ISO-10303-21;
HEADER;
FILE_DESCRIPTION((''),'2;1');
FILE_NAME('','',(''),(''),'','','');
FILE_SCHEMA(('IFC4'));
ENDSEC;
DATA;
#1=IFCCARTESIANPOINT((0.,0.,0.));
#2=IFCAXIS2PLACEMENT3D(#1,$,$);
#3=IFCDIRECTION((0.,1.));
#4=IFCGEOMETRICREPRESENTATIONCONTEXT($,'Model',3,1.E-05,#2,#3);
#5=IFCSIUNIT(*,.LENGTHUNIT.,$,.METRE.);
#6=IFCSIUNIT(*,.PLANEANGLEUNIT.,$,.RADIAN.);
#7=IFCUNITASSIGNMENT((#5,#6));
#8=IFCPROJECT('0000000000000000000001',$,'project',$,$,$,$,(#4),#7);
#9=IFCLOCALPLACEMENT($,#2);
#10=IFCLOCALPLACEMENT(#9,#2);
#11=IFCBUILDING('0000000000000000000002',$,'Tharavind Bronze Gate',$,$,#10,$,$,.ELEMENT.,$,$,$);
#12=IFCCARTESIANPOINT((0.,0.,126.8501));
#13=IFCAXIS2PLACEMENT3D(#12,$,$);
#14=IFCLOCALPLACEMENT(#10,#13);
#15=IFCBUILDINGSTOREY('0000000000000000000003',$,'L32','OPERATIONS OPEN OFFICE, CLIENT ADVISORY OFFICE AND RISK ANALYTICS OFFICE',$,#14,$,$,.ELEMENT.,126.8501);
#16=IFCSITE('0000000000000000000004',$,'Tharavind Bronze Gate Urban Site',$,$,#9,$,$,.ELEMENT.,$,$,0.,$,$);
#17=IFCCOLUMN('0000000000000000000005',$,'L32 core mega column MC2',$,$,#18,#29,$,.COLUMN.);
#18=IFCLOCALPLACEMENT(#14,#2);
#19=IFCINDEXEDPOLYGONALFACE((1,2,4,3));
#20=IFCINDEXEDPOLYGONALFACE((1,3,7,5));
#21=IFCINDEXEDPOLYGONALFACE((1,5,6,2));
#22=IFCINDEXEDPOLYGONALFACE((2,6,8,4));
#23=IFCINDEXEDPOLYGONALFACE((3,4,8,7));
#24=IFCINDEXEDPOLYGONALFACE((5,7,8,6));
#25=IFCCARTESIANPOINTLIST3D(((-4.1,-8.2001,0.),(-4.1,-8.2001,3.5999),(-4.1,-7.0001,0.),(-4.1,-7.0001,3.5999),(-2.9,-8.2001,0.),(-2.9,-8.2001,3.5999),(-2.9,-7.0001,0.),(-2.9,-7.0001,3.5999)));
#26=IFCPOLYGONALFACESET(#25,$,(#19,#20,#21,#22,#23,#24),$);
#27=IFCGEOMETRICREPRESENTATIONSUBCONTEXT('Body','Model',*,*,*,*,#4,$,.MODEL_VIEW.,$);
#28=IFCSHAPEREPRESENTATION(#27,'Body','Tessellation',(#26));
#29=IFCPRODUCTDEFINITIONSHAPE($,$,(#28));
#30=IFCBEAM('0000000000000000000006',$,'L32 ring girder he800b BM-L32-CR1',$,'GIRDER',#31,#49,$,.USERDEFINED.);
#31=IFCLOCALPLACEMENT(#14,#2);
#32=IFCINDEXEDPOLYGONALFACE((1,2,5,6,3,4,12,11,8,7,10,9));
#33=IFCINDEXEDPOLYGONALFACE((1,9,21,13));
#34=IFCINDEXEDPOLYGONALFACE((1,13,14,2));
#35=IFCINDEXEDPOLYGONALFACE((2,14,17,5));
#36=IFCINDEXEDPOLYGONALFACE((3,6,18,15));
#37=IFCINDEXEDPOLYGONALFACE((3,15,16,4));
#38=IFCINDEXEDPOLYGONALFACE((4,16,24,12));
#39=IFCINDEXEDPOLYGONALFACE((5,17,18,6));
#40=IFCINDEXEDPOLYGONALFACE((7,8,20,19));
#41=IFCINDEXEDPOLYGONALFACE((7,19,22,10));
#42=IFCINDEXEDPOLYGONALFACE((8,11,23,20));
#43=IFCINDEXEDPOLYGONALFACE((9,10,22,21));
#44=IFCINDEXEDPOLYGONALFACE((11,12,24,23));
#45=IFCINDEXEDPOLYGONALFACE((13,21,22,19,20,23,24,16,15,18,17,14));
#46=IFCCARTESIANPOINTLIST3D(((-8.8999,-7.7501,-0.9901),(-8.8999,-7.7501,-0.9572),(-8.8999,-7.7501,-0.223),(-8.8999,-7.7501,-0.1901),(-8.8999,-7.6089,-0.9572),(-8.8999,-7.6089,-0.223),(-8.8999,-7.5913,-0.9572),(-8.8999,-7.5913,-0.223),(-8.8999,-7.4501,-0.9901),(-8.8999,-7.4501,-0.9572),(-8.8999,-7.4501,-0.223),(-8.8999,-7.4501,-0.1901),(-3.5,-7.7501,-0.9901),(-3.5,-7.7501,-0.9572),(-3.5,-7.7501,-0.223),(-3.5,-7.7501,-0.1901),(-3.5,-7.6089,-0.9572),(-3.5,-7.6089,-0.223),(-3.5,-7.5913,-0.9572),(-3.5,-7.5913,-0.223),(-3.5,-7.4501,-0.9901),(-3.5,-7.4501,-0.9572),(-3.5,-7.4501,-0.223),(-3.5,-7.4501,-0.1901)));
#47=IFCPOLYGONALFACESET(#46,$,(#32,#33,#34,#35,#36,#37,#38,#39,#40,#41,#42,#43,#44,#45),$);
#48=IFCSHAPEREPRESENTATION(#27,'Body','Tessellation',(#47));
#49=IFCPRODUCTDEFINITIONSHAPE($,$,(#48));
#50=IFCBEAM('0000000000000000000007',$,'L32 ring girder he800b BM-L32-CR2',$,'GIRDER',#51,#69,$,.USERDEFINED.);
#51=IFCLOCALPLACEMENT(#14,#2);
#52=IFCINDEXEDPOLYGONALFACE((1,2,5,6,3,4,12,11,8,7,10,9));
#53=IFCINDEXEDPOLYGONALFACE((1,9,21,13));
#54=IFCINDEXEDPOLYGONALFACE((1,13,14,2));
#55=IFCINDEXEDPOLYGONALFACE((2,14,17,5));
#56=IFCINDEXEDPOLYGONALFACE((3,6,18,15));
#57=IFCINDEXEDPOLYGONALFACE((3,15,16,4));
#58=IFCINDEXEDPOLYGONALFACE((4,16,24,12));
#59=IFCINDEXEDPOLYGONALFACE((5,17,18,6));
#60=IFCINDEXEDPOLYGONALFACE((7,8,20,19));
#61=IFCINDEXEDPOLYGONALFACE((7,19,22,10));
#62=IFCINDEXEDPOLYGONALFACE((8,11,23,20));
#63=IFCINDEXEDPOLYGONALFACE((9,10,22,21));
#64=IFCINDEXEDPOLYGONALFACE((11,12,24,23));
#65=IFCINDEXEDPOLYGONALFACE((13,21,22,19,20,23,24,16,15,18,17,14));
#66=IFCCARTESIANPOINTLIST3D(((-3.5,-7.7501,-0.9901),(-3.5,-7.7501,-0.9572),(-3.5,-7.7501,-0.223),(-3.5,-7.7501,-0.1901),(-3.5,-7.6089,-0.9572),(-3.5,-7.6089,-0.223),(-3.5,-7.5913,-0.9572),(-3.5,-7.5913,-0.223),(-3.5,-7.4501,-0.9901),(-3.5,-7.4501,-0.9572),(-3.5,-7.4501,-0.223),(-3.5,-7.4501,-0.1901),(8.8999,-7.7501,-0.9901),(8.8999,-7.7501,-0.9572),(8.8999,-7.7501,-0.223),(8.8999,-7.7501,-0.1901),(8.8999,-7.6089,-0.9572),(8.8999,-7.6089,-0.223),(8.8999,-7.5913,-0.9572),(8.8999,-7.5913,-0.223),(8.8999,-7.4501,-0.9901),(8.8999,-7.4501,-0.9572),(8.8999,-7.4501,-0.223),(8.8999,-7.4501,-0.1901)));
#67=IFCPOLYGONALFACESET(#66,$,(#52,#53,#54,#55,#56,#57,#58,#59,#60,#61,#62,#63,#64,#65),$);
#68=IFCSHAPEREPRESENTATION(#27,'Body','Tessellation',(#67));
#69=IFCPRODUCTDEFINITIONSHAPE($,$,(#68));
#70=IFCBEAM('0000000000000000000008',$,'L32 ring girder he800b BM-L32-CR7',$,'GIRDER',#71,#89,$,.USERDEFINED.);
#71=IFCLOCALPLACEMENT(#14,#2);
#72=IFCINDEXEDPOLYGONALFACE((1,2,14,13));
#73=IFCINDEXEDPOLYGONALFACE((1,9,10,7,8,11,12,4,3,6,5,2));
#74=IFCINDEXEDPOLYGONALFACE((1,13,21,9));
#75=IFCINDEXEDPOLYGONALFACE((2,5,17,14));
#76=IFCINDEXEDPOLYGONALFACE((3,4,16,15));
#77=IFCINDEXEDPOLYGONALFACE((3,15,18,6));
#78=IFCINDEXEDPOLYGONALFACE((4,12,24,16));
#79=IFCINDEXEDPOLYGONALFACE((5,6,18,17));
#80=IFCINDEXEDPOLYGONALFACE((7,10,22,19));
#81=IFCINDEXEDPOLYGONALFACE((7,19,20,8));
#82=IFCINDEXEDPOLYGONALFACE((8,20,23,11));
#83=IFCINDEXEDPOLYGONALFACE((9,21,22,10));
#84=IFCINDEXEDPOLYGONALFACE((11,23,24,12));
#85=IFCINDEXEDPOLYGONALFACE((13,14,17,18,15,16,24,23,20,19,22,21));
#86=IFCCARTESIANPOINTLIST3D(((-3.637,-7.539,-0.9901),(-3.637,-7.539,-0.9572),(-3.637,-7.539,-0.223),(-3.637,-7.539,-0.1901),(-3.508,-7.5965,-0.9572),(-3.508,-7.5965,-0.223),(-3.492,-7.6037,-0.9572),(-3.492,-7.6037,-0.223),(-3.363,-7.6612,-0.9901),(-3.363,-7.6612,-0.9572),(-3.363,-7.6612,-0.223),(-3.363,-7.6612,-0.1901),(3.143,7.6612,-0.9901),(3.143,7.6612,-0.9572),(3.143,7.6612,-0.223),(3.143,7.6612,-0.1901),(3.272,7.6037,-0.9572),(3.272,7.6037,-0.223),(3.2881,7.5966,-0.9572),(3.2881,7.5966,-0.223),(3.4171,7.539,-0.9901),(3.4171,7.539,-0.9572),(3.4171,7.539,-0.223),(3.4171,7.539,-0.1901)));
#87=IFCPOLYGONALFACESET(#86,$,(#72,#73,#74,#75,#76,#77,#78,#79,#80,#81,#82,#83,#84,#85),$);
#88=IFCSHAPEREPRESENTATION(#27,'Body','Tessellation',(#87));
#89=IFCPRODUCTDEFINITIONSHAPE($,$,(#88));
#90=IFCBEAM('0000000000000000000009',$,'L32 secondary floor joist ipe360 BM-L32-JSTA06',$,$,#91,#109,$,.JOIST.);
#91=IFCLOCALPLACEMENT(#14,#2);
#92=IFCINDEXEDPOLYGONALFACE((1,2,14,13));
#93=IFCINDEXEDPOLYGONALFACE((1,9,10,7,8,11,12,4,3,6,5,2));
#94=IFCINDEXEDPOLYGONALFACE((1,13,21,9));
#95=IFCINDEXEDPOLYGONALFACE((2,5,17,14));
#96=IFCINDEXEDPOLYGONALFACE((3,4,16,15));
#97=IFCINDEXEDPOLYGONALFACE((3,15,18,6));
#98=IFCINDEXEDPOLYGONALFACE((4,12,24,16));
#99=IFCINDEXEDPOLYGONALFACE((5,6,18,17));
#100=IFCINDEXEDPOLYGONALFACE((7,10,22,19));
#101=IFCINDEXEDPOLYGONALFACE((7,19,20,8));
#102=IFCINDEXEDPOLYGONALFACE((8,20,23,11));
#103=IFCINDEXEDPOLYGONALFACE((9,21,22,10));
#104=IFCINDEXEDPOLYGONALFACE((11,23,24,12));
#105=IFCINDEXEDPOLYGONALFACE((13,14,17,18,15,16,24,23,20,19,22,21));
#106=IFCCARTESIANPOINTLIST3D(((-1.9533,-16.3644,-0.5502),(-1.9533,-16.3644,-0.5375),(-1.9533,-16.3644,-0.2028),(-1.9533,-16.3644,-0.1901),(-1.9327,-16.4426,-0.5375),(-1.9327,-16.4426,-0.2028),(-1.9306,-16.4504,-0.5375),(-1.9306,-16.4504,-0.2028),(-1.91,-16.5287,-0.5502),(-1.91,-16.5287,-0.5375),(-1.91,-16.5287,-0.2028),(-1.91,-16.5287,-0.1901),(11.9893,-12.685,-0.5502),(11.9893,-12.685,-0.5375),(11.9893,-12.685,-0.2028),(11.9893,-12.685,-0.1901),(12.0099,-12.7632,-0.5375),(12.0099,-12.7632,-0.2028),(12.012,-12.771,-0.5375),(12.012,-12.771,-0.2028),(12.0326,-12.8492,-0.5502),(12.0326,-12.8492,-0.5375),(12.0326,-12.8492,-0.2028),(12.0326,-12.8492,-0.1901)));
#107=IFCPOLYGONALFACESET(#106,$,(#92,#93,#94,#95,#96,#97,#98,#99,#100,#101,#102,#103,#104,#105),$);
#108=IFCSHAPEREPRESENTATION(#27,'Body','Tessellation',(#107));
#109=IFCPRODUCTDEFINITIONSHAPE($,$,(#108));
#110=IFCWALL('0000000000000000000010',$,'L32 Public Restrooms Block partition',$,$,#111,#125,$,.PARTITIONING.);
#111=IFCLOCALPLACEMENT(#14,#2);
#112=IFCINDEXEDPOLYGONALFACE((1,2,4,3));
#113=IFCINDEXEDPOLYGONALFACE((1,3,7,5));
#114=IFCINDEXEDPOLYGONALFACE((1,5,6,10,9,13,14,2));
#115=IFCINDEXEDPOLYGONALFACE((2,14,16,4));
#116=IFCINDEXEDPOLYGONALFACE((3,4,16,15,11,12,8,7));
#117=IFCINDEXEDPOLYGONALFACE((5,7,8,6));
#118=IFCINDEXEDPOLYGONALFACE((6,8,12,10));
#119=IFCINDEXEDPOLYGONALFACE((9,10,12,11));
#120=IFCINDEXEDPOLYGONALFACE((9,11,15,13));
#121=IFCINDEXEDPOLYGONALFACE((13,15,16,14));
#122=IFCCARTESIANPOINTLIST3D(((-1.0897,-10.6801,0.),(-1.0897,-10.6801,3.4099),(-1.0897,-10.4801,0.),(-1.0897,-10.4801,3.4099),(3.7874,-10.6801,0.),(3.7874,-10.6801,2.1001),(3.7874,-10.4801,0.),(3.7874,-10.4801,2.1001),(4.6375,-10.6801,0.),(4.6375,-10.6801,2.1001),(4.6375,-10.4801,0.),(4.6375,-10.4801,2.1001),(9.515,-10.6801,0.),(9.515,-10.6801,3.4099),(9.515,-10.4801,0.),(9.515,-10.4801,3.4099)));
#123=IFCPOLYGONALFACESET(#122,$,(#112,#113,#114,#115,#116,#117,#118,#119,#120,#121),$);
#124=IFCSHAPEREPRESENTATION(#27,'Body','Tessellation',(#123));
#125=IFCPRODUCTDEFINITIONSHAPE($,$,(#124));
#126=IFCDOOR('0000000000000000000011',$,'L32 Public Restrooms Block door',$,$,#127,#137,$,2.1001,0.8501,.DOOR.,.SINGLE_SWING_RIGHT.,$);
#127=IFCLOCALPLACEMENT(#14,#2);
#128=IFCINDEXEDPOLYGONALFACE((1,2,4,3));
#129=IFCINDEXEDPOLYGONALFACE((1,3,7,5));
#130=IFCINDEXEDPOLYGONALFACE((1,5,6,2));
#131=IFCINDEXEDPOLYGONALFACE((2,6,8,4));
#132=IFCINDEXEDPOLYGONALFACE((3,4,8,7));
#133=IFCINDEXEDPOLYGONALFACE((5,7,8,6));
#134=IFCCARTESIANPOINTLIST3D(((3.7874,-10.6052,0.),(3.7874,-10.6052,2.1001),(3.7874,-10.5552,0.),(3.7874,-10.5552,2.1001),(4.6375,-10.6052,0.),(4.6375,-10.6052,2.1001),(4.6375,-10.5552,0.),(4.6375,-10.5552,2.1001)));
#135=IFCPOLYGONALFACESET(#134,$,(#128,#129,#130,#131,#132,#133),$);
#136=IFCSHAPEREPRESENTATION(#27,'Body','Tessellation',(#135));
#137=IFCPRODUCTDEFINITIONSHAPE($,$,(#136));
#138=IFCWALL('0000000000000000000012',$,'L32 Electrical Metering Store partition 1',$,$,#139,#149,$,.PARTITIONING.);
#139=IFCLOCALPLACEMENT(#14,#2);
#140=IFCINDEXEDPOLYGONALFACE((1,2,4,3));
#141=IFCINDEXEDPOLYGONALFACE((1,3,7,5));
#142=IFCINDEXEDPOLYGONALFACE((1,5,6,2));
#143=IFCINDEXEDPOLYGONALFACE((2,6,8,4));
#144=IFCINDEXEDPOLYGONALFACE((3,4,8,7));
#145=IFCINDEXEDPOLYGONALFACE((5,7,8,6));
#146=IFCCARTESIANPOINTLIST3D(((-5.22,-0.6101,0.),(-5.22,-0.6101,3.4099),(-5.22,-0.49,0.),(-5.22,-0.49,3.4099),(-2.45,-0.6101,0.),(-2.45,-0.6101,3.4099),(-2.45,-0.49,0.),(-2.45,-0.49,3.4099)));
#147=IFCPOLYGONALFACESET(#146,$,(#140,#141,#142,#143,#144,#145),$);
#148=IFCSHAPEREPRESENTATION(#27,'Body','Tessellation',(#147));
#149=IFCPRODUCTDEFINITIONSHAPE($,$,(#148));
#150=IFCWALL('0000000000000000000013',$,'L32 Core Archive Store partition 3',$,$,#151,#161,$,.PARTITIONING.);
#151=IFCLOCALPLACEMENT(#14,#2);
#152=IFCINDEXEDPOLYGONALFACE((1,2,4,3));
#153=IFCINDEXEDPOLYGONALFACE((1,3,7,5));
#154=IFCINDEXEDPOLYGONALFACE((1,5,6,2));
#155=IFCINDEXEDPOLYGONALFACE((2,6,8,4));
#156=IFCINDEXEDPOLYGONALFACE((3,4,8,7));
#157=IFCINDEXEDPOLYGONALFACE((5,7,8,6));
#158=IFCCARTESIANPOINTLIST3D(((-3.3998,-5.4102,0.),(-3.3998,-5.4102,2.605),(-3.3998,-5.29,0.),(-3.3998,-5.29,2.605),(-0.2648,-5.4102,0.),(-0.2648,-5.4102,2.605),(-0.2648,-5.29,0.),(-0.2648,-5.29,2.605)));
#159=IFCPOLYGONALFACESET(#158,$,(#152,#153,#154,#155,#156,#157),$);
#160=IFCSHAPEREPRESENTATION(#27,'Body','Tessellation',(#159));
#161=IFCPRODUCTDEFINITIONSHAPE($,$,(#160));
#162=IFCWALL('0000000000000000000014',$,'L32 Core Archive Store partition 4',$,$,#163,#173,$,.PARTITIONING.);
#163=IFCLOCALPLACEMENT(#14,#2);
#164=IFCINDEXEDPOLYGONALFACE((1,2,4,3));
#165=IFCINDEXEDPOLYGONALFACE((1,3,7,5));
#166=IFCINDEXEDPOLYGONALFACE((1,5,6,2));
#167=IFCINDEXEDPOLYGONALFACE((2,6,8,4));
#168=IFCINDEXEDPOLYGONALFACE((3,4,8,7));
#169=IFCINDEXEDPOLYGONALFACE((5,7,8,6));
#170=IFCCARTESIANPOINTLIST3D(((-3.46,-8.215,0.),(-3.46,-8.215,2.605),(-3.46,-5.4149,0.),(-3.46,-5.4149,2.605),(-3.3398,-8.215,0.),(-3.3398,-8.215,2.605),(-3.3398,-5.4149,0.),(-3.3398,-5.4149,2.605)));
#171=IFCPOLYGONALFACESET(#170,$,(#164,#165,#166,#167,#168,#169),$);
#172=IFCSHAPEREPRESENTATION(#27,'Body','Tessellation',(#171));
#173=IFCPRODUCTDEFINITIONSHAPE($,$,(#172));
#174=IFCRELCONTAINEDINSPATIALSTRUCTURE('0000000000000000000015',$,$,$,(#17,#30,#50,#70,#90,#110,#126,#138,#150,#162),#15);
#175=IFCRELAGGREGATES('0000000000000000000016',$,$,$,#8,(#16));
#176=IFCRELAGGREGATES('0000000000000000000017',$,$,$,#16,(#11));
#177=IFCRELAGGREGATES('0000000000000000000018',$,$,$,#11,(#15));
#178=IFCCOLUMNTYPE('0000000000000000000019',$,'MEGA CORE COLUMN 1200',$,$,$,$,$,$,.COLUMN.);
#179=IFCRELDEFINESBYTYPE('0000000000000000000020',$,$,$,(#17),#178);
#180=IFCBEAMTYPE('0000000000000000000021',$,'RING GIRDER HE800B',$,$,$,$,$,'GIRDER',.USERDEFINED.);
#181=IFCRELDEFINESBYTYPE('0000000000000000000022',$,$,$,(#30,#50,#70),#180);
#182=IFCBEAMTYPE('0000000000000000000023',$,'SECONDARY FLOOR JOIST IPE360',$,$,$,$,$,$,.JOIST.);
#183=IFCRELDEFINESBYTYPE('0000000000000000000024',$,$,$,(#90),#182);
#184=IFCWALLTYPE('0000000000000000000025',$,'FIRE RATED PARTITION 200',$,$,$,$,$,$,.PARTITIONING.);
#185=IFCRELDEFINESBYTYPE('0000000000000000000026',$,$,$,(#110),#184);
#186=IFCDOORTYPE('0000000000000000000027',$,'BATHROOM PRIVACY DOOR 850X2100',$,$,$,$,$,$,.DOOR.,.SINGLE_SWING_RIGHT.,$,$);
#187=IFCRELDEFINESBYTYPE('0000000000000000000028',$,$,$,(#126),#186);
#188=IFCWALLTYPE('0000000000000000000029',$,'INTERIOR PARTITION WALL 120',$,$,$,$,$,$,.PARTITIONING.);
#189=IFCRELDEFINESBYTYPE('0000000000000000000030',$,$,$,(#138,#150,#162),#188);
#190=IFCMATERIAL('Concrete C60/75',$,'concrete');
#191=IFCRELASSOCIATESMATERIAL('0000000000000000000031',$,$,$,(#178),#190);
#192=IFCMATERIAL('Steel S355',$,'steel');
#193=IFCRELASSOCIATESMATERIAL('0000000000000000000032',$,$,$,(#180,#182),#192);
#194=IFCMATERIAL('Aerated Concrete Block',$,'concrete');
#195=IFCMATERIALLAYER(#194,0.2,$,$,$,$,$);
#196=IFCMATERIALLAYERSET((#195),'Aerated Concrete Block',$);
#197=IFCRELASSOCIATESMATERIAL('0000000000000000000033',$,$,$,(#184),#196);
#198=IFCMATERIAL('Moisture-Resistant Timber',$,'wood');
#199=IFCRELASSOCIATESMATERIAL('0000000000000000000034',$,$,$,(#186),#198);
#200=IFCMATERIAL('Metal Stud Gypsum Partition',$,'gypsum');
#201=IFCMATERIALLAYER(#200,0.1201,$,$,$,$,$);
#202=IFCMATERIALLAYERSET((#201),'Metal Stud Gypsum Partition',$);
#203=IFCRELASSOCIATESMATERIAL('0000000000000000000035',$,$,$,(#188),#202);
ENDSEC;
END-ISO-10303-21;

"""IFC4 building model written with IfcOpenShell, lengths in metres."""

from ifc_helpers import new_model, si_unit, direction, frame, frame_2d, origin, origin_2d, place, context, subcontext, project, spatial, rectangle, i_section, extrude, material, layer, layer_set, material_profile, profile_set, type_object, element, fill, save


model = new_model("IFC4")

# Units and contexts
model_context = context("Model", 3, precision=1e-05, world=origin(), true_north=direction((0.0, 1.0)))
body_context = subcontext(model_context, "Body", "Model", "MODEL_VIEW")
ifc_project = project(units=[si_unit("LENGTHUNIT", "METRE"), si_unit("PLANEANGLEUNIT", "RADIAN")], contexts=[model_context])

# Site, building, storey
site_placement = place(None, origin())
site = spatial("IfcSite", under=ifc_project, at=site_placement, Name="Tharavind Bronze Gate Urban Site", CompositionType="ELEMENT", RefElevation=0.0)
building_placement = place(site_placement, origin())
building = spatial("IfcBuilding", under=site, at=building_placement, Name="Tharavind Bronze Gate", CompositionType="ELEMENT")
storey_placement = place(building_placement, frame((0.0, 0.0, 126.8501)))
storey = spatial("IfcBuildingStorey", under=building, at=storey_placement, Name="L32", Description="OPERATIONS OPEN OFFICE, CLIENT ADVISORY OFFICE AND RISK ANALYTICS OFFICE", CompositionType="ELEMENT", Elevation=126.8501)

# Column
ifc_material_1 = material(Name="Concrete C60/75", Category="concrete")
ifc_material_profile_1 = material_profile(ifc_material_1, rectangle(XDim=1.2, YDim=1.2, at=origin_2d()), Name="RCCOL1200")
ifc_profile_set_1 = profile_set([ifc_material_profile_1], Name="Concrete C60/75")
column_type = type_object("IfcColumnType", Name="MEGA CORE COLUMN 1200", PredefinedType="COLUMN", material=ifc_profile_set_1)
column_placement = place(storey_placement, frame((-3.5, -7.6001, 0.0), z_axis=(0.0, 0.0, 1.0), x_axis=(1.0, 0.0, 0.0)))
element("IfcColumn", 1, at=column_placement, inside=storey, type_object=column_type, Name="L32 core mega column MC2", PredefinedType="COLUMN", context=body_context, shape_type="SweptSolid", body=[
    extrude(rectangle(XDim=1.2, YDim=1.2, at=origin_2d()), origin(), (0.0, 0.0, 1.0), 3.5999),
])

# Beams
ifc_material_2 = material(Name="Steel S355", Category="steel")
ifc_material_profile_2 = material_profile(ifc_material_2, i_section(OverallWidth=0.3, OverallDepth=0.8, WebThickness=0.0176, FlangeThickness=0.033, at=origin_2d()), Name="HE800B")
ifc_profile_set_2 = profile_set([ifc_material_profile_2], Name="Steel S355")
beam_type_1 = type_object("IfcBeamType", Name="RING GIRDER HE800B", ElementType="GIRDER", PredefinedType="USERDEFINED", material=ifc_profile_set_2)
beam_1_placement = place(storey_placement, frame((-8.8999, -7.6001, -0.5901), z_axis=(1.0, 0.0, 0.0), x_axis=(0.0, 1.0, 0.0)))
element("IfcBeam", 2, at=beam_1_placement, inside=storey, type_object=beam_type_1, Name="L32 ring girder he800b BM-L32-CR1", ObjectType="GIRDER", PredefinedType="USERDEFINED", context=body_context, shape_type="SweptSolid", body=[
    extrude(i_section(OverallWidth=0.3, OverallDepth=0.8, WebThickness=0.0176, FlangeThickness=0.033, at=origin_2d()), origin(), (0.0, 0.0, 1.0), 5.3999),
])
beam_2_placement = place(storey_placement, frame((-3.5, -7.6001, -0.5901), z_axis=(1.0, 0.0, 0.0), x_axis=(0.0, 1.0, 0.0)))
element("IfcBeam", 3, at=beam_2_placement, inside=storey, type_object=beam_type_1, Name="L32 ring girder he800b BM-L32-CR2", ObjectType="GIRDER", PredefinedType="USERDEFINED", context=body_context, shape_type="SweptSolid", body=[
    extrude(i_section(OverallWidth=0.3, OverallDepth=0.8, WebThickness=0.0176, FlangeThickness=0.033, at=origin_2d()), origin(), (0.0, 0.0, 1.0), 12.3999),
])
beam_3_placement = place(storey_placement, frame((-3.5, -7.6001, -0.5901), z_axis=(0.407362, 0.913267, 0.0), x_axis=(-0.913267, 0.407362, 0.0)))
element("IfcBeam", 4, at=beam_3_placement, inside=storey, type_object=beam_type_1, Name="L32 ring girder he800b BM-L32-CR7", ObjectType="GIRDER", PredefinedType="USERDEFINED", context=body_context, shape_type="SweptSolid", body=[
    extrude(i_section(OverallWidth=0.3, OverallDepth=0.8, WebThickness=0.0176, FlangeThickness=0.033, at=origin_2d()), origin(), (0.0, 0.0, 1.0), 16.6438),
])
ifc_material_profile_3 = material_profile(ifc_material_2, i_section(OverallWidth=0.1699, OverallDepth=0.3601, WebThickness=0.0081, FlangeThickness=0.0127, at=origin_2d()), Name="IPE360")
ifc_profile_set_3 = profile_set([ifc_material_profile_3], Name="Steel S355")
beam_type_2 = type_object("IfcBeamType", Name="SECONDARY FLOOR JOIST IPE360", PredefinedType="JOIST", material=ifc_profile_set_3)
beam_4_placement = place(storey_placement, frame((-1.9316, -16.4465, -0.3701), z_axis=(0.966898, 0.255163, 0.0), x_axis=(-0.255163, 0.966898, 0.0)))
element("IfcBeam", 5, at=beam_4_placement, inside=storey, type_object=beam_type_2, Name="L32 secondary floor joist ipe360 BM-L32-JSTA06", PredefinedType="JOIST", context=body_context, shape_type="SweptSolid", body=[
    extrude(i_section(OverallWidth=0.1699, OverallDepth=0.3601, WebThickness=0.0081, FlangeThickness=0.0127, at=origin_2d()), origin(), (0.0, 0.0, 1.0), 14.4199),
])

# Wall, opening, door
ifc_material_3 = material(Name="Aerated Concrete Block", Category="concrete")
ifc_layer_1 = layer(ifc_material_3, 0.2)
ifc_layer_set_1 = layer_set([ifc_layer_1], Name="Aerated Concrete Block")
wall_type_1 = type_object("IfcWallType", Name="FIRE RATED PARTITION 200", PredefinedType="PARTITIONING", material=ifc_layer_set_1)
wall_1_placement = place(storey_placement, frame((-1.0896, -10.5801, 0.0), z_axis=(0.0, 0.0, 1.0), x_axis=(1.0, 0.0, 0.0)))
wall_1 = element("IfcWall", 6, at=wall_1_placement, inside=storey, type_object=wall_type_1, Name="L32 Public Restrooms Block partition", PredefinedType="PARTITIONING", context=body_context, shape_type="SweptSolid", body=[
    extrude(rectangle(XDim=10.6047, YDim=0.2, at=frame_2d((5.3022, 0.0))), origin(), (0.0, 0.0, 1.0), 3.4099),
])
opening_1_placement = place(wall_1_placement, frame((4.877, 0.0, 0.0)))
opening_1 = element("IfcOpeningElement", 7, at=opening_1_placement, cuts=wall_1, PredefinedType="OPENING", context=body_context, shape_type="SweptSolid", body=[
    extrude(rectangle(XDim=0.8501, YDim=2.1001, at=frame_2d((0.425, 1.05))), frame((0.0, 0.1101, 0.0), z_axis=(0.0, -1.0, 0.0), x_axis=(1.0, 0.0, 0.0)), (0.0, 0.0, 1.0), 0.22),
])
ifc_material_4 = material(Name="Moisture-Resistant Timber", Category="wood")
door_type_1 = type_object("IfcDoorType", Name="BATHROOM PRIVACY DOOR 850X2100", OperationType="SINGLE_SWING_RIGHT", PredefinedType="DOOR", material=ifc_material_4)
door_1_placement = place(opening_1_placement, origin())
door_1 = element("IfcDoor", 8, at=door_1_placement, inside=storey, type_object=door_type_1, Name="L32 Public Restrooms Block door", OperationType="SINGLE_SWING_RIGHT", OverallHeight=2.1001, OverallWidth=0.8501, PredefinedType="DOOR", context=body_context, shape_type="SweptSolid", body=[
    extrude(rectangle(XDim=0.8501, YDim=2.1001, at=frame_2d((0.425, 1.05))), frame((0.0, 0.0249, 0.0), z_axis=(0.0, -1.0, 0.0), x_axis=(1.0, 0.0, 0.0)), (0.0, 0.0, 1.0), 0.05),
])
fill(opening_1, door_1)

# Walls
ifc_material_5 = material(Name="Metal Stud Gypsum Partition", Category="gypsum")
ifc_layer_2 = layer(ifc_material_5, 0.1201)
ifc_layer_set_2 = layer_set([ifc_layer_2], Name="Metal Stud Gypsum Partition")
wall_type_2 = type_object("IfcWallType", Name="INTERIOR PARTITION WALL 120", PredefinedType="PARTITIONING", material=ifc_layer_set_2)
wall_2_placement = place(storey_placement, frame((-5.22, -0.55, 0.0), z_axis=(0.0, 0.0, 1.0), x_axis=(1.0, 0.0, 0.0)))
element("IfcWall", 9, at=wall_2_placement, inside=storey, type_object=wall_type_2, Name="L32 Electrical Metering Store partition 1", PredefinedType="PARTITIONING", context=body_context, shape_type="SweptSolid", body=[
    extrude(rectangle(XDim=2.77, YDim=0.1201, at=frame_2d((1.385, 0.0))), origin(), (0.0, 0.0, 1.0), 3.4099),
])
wall_3_placement = place(storey_placement, frame((-0.2649, -5.3501, 0.0), z_axis=(0.0, 0.0, 1.0), x_axis=(-1.0, 0.0, 0.0)))
element("IfcWall", 10, at=wall_3_placement, inside=storey, type_object=wall_type_2, Name="L32 Core Archive Store partition 3", PredefinedType="PARTITIONING", context=body_context, shape_type="SweptSolid", body=[
    extrude(rectangle(XDim=3.135, YDim=0.1201, at=frame_2d((1.5674, 0.0))), origin(), (0.0, 0.0, 1.0), 2.605),
])
wall_4_placement = place(storey_placement, frame((-3.3999, -5.415, 0.0), z_axis=(0.0, 0.0, 1.0), x_axis=(0.0, -1.0, 0.0)))
element("IfcWall", 11, at=wall_4_placement, inside=storey, type_object=wall_type_2, Name="L32 Core Archive Store partition 4", PredefinedType="PARTITIONING", context=body_context, shape_type="SweptSolid", body=[
    extrude(rectangle(XDim=2.8, YDim=0.1201, at=frame_2d((1.3999, 0.0))), origin(), (0.0, 0.0, 1.0), 2.605),
])

save(model, "model.ifc")
